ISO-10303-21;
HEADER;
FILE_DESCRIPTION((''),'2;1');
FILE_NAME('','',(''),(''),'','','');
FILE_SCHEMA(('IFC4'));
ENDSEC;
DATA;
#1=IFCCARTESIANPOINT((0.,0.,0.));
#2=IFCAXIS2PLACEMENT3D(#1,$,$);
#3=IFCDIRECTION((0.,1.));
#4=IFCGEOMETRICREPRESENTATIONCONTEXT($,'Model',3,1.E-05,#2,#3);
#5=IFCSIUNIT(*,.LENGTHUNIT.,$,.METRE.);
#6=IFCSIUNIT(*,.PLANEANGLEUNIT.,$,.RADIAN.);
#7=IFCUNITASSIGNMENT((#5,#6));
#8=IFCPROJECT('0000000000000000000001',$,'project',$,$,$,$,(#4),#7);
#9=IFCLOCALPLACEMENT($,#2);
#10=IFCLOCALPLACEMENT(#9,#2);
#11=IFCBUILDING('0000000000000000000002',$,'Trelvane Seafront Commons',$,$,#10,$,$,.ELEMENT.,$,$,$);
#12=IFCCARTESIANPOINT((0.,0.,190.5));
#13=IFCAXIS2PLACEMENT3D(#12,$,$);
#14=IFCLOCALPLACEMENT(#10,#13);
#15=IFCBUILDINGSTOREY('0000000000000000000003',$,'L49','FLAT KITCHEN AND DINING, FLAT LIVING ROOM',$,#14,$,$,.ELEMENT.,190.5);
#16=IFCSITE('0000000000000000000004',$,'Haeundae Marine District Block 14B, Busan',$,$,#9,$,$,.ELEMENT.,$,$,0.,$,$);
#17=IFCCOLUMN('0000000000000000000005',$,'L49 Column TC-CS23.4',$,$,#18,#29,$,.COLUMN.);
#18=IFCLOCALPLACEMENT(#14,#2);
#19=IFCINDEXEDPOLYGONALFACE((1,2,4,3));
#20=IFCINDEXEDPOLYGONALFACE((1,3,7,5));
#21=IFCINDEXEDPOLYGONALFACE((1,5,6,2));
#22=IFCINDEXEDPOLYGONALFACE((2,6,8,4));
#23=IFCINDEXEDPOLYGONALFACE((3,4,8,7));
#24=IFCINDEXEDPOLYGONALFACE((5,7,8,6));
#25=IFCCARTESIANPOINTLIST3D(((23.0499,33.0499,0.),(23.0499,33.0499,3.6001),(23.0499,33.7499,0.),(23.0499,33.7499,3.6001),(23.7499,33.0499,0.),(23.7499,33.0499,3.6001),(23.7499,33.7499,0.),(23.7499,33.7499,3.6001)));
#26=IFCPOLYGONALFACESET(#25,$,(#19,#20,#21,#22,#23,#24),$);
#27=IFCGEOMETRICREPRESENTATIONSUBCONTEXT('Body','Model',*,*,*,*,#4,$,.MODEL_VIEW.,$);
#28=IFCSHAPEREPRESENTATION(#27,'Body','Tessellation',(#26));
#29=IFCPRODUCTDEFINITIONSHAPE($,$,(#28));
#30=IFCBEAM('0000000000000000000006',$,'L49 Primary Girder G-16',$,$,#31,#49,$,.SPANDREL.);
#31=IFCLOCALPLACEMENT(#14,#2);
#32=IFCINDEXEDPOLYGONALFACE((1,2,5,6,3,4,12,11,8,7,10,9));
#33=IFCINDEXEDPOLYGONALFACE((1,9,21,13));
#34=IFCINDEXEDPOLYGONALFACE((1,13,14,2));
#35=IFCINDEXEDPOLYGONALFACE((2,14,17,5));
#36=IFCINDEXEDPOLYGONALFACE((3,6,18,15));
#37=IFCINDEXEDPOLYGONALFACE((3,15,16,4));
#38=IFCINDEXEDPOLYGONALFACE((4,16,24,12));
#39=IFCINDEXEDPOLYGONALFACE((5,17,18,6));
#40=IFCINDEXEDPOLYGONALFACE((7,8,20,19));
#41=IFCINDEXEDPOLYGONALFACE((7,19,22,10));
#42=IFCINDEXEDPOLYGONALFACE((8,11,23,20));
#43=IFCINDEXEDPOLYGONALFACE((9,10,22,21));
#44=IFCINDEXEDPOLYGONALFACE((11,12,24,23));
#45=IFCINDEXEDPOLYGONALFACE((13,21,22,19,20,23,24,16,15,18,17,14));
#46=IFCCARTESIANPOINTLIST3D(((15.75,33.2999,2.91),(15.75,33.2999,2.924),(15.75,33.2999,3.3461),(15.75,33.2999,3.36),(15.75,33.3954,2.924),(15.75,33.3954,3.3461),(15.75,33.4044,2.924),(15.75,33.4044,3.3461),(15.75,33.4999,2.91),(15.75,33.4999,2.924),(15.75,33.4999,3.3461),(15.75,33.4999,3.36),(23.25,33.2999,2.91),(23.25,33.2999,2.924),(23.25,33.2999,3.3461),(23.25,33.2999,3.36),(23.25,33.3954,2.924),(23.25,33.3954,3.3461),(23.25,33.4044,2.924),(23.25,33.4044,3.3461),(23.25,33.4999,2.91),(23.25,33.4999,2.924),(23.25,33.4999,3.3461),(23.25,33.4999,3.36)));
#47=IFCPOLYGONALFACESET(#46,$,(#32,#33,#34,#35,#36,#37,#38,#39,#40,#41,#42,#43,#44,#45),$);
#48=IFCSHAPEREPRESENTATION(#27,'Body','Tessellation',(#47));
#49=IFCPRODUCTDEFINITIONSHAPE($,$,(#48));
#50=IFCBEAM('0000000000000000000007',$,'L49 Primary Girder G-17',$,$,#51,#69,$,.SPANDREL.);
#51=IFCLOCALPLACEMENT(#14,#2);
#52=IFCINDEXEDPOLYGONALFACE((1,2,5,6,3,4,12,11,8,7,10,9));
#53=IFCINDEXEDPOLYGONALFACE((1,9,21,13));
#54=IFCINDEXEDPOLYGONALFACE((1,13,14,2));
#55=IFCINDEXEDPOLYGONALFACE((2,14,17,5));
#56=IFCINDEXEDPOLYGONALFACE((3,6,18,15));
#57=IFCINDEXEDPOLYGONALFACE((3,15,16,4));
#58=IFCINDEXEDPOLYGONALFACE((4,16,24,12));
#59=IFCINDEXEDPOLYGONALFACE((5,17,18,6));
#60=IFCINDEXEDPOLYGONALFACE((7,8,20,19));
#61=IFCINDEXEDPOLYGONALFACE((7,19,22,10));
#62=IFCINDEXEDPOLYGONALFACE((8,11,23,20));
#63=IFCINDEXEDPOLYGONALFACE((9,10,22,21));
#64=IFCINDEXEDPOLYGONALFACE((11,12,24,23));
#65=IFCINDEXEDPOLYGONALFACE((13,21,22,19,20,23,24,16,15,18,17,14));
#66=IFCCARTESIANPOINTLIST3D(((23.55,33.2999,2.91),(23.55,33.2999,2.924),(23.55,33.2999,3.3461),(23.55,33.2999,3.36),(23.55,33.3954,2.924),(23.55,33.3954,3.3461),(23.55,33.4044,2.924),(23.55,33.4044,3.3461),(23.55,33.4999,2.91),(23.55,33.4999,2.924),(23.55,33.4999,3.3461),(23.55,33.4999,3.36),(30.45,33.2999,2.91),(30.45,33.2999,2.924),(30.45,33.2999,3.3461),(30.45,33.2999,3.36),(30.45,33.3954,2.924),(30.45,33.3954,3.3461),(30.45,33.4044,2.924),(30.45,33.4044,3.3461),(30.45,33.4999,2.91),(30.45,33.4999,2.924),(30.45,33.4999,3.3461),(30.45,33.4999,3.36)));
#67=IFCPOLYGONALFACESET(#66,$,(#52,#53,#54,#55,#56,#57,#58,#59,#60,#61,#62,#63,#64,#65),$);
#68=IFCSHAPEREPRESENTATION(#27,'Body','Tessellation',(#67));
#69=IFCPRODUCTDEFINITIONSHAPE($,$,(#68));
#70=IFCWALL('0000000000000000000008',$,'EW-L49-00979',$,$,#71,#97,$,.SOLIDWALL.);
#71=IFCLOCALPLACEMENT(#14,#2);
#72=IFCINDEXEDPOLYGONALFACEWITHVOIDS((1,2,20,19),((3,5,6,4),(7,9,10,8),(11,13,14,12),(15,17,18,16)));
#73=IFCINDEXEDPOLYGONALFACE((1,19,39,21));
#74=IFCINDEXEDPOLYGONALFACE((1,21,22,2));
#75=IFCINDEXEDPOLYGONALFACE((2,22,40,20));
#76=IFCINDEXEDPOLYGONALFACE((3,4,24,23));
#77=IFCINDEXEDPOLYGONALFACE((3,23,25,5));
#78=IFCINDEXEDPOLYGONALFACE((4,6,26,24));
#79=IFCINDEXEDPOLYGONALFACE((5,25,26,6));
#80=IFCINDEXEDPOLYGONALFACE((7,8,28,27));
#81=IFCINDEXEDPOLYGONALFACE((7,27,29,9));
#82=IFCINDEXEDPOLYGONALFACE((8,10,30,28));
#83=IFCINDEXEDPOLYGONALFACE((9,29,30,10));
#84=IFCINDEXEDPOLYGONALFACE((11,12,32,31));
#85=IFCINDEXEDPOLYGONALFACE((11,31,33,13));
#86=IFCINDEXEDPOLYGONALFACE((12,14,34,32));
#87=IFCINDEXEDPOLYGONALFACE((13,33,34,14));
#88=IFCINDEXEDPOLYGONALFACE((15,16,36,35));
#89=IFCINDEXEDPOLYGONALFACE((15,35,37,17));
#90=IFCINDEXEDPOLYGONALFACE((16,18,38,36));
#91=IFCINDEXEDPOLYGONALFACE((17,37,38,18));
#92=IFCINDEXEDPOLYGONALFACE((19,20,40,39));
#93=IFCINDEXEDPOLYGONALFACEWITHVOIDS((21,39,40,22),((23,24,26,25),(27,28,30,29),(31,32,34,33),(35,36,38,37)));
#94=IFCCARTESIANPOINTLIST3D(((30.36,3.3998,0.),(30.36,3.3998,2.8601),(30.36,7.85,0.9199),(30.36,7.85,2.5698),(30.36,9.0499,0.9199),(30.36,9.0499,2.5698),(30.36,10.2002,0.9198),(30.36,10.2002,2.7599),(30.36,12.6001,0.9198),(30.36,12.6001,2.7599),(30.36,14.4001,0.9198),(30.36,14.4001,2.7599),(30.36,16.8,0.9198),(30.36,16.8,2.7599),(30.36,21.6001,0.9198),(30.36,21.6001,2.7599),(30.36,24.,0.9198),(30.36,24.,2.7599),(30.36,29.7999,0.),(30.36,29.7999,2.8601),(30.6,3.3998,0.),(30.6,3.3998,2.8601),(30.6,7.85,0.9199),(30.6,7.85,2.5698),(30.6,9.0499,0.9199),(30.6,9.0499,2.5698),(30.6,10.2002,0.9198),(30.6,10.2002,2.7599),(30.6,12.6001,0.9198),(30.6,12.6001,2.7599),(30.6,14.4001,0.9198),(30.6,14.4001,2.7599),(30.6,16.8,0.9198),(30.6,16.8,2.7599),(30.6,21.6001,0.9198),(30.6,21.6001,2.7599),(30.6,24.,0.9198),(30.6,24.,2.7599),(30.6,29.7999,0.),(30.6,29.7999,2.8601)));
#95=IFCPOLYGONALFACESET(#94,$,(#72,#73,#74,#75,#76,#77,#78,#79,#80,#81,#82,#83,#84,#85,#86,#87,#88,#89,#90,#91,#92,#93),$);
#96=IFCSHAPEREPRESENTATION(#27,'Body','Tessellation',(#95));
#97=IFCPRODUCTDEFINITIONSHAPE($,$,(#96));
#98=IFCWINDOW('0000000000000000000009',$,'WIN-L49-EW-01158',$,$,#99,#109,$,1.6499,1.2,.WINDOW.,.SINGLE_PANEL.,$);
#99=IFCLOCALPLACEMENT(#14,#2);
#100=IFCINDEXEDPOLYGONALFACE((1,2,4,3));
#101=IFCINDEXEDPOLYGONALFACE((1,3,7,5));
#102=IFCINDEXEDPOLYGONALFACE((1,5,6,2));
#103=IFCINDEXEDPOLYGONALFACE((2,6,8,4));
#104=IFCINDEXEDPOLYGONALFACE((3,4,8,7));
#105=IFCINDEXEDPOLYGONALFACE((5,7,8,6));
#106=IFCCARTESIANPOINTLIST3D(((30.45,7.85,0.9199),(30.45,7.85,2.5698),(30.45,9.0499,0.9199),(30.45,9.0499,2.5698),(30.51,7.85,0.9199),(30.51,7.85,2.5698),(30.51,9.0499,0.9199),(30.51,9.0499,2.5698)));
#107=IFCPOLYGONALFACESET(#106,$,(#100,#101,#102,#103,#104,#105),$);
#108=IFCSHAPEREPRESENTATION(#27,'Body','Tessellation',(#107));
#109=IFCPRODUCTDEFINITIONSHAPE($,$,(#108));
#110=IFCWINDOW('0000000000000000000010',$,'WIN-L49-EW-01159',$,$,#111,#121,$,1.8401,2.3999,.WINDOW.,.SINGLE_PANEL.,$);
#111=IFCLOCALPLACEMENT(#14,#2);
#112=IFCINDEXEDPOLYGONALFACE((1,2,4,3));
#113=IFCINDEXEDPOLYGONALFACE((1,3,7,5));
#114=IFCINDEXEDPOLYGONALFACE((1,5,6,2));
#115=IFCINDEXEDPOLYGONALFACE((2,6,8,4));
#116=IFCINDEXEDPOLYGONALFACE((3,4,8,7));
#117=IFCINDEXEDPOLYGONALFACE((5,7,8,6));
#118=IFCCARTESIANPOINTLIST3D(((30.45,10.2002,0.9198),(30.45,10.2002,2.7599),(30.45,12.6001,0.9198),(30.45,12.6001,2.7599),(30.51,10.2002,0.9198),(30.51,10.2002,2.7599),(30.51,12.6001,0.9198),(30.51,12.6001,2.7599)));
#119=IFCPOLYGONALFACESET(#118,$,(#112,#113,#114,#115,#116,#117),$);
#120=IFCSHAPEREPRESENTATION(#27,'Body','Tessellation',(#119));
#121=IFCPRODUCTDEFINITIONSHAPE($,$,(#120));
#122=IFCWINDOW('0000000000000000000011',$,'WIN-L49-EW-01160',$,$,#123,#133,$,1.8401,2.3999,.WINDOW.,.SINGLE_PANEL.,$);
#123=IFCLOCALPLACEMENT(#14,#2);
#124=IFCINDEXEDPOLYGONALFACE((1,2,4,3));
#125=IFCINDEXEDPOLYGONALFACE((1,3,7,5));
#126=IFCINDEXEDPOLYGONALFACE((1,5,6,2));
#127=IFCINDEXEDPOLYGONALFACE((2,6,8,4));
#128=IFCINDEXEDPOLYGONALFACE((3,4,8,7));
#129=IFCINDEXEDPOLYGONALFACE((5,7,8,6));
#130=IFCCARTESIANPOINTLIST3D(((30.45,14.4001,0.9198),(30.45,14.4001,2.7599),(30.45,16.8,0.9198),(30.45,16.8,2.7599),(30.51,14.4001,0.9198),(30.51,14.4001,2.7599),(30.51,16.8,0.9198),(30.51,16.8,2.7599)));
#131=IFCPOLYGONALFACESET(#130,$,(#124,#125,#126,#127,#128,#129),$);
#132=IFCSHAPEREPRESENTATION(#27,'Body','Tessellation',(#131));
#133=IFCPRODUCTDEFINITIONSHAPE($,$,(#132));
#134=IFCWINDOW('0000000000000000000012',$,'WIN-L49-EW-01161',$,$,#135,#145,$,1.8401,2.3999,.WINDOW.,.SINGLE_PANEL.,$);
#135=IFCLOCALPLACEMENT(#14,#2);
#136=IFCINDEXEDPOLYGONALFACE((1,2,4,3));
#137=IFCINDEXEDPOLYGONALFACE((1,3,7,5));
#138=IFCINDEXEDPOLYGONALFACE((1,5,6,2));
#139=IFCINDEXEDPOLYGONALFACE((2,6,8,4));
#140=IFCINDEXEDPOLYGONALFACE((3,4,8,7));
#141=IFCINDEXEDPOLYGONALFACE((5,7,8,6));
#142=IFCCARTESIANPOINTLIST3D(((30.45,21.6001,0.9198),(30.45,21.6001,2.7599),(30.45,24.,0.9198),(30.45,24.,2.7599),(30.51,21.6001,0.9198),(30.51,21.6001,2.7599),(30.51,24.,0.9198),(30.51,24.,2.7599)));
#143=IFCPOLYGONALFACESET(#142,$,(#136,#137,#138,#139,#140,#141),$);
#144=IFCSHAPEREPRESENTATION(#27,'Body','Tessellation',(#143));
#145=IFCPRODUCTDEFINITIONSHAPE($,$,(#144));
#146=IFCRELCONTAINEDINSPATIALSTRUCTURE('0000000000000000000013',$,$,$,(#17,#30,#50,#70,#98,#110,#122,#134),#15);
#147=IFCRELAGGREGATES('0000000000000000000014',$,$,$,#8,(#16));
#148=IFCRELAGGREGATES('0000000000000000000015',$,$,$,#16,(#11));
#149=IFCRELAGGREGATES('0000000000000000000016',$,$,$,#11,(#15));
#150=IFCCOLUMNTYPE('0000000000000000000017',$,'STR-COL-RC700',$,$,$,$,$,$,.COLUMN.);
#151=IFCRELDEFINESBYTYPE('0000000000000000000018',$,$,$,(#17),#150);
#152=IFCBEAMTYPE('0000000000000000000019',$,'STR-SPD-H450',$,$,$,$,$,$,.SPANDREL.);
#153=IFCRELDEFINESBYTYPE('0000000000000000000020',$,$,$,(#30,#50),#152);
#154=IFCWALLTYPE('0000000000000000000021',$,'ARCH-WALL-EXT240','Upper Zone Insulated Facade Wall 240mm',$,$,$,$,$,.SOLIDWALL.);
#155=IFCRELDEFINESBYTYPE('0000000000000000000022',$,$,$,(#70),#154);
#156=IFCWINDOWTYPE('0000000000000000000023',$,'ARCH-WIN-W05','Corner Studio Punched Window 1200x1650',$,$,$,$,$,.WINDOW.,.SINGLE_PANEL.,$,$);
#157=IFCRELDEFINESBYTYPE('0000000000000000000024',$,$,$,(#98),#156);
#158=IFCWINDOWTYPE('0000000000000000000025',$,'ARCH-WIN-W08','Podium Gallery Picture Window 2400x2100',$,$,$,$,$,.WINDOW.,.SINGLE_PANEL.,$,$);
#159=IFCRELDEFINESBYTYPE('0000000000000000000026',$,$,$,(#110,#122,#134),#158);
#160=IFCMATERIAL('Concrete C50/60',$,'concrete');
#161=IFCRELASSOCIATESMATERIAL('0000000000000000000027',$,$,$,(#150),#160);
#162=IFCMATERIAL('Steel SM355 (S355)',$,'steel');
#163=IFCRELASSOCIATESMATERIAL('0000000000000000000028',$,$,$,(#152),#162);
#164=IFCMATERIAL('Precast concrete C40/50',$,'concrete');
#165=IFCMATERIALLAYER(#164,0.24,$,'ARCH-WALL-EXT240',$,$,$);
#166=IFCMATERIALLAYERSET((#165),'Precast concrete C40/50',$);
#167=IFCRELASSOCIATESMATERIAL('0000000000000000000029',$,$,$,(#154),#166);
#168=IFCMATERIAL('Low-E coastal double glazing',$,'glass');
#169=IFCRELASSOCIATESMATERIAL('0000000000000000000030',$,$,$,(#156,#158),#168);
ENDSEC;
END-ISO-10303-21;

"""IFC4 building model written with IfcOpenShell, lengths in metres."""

from ifc_helpers import new_model, si_unit, direction, frame, frame_2d, origin, origin_2d, place, context, subcontext, project, spatial, rectangle, i_section, extrude, source, transform, mapped, material, layer, layer_set, material_profile, profile_set, type_object, element, fill, save


model = new_model("IFC4")

# Units and contexts
model_context = context("Model", 3, precision=1e-05, world=origin(), true_north=direction((0.0, 1.0)))
body_context = subcontext(model_context, "Body", "Model", "MODEL_VIEW")
ifc_project = project(units=[si_unit("LENGTHUNIT", "METRE"), si_unit("PLANEANGLEUNIT", "RADIAN")], contexts=[model_context])

# Site, building, storey
site_placement = place(None, origin())
site = spatial("IfcSite", under=ifc_project, at=site_placement, Name="Haeundae Marine District Block 14B, Busan", CompositionType="ELEMENT", RefElevation=0.0)
building_placement = place(site_placement, origin())
building = spatial("IfcBuilding", under=site, at=building_placement, Name="Trelvane Seafront Commons", CompositionType="ELEMENT")
storey_placement = place(building_placement, frame((0.0, 0.0, 190.5)))
storey = spatial("IfcBuildingStorey", under=building, at=storey_placement, Name="L49", Description="FLAT KITCHEN AND DINING, FLAT LIVING ROOM", CompositionType="ELEMENT", Elevation=190.5)

# Column
ifc_material_1 = material(Name="Concrete C50/60", Category="concrete")
ifc_material_profile_1 = material_profile(ifc_material_1, rectangle(XDim=0.7, YDim=0.7, at=origin_2d()), Name="RC-700x700")
ifc_profile_set_1 = profile_set([ifc_material_profile_1], Name="Concrete C50/60")
column_type = type_object("IfcColumnType", Name="STR-COL-RC700", PredefinedType="COLUMN", material=ifc_profile_set_1)
shared_shape_1 = source(origin(), body_context, "Body", "SweptSolid", [
    extrude(rectangle(XDim=0.7, YDim=0.7, at=origin_2d()), origin(), (0.0, 0.0, 1.0), 3.6001),
])
column_placement = place(storey_placement, frame((23.3999, 33.3999, 0.0), z_axis=(0.0, 0.0, 1.0), x_axis=(1.0, 0.0, 0.0)))
element("IfcColumn", 1, at=column_placement, inside=storey, type_object=column_type, Name="L49 Column TC-CS23.4", PredefinedType="COLUMN", context=body_context, shape_type="MappedRepresentation", body=[
    mapped(shared_shape_1, transform((0.0, 0.0, 0.0), x_axis=(1.0, 0.0, 0.0), y_axis=(0.0, 1.0, 0.0), z_axis=(0.0, 0.0, 1.0), scale=1.0)),
])

# Beams
ifc_material_2 = material(Name="Steel SM355 (S355)", Category="steel")
ifc_material_profile_2 = material_profile(ifc_material_2, i_section(OverallWidth=0.2, OverallDepth=0.45, WebThickness=0.009, FlangeThickness=0.0139, at=origin_2d()), Name="H-450x200x9x14")
ifc_profile_set_2 = profile_set([ifc_material_profile_2], Name="Steel SM355 (S355)")
beam_type = type_object("IfcBeamType", Name="STR-SPD-H450", PredefinedType="SPANDREL", material=ifc_profile_set_2)
shared_shape_2 = source(origin(), body_context, "Body", "SweptSolid", [
    extrude(i_section(OverallWidth=0.2, OverallDepth=0.45, WebThickness=0.009, FlangeThickness=0.0139, at=origin_2d()), origin(), (0.0, 0.0, 1.0), 7.5),
])
beam_1_placement = place(storey_placement, frame((15.75, 33.3999, 3.135), z_axis=(1.0, 0.0, 0.0), x_axis=(0.0, 1.0, 0.0)))
element("IfcBeam", 2, at=beam_1_placement, inside=storey, type_object=beam_type, Name="L49 Primary Girder G-16", PredefinedType="SPANDREL", context=body_context, shape_type="MappedRepresentation", body=[
    mapped(shared_shape_2, transform((0.0, 0.0, 0.0), x_axis=(1.0, 0.0, 0.0), y_axis=(0.0, 1.0, 0.0), z_axis=(0.0, 0.0, 1.0), scale=1.0)),
])
shared_shape_3 = source(origin(), body_context, "Body", "SweptSolid", [
    extrude(i_section(OverallWidth=0.2, OverallDepth=0.45, WebThickness=0.009, FlangeThickness=0.0139, at=origin_2d()), origin(), (0.0, 0.0, 1.0), 6.8999),
])
beam_2_placement = place(storey_placement, frame((23.55, 33.3999, 3.135), z_axis=(1.0, 0.0, 0.0), x_axis=(0.0, 1.0, 0.0)))
element("IfcBeam", 3, at=beam_2_placement, inside=storey, type_object=beam_type, Name="L49 Primary Girder G-17", PredefinedType="SPANDREL", context=body_context, shape_type="MappedRepresentation", body=[
    mapped(shared_shape_3, transform((0.0, 0.0, 0.0), x_axis=(1.0, 0.0, 0.0), y_axis=(0.0, 1.0, 0.0), z_axis=(0.0, 0.0, 1.0), scale=1.0)),
])

# Wall, openings, windows
ifc_material_3 = material(Name="Precast concrete C40/50", Category="concrete")
ifc_layer_1 = layer(ifc_material_3, 0.24, Name="ARCH-WALL-EXT240")
ifc_layer_set_1 = layer_set([ifc_layer_1], Name="Precast concrete C40/50")
wall_type_1 = type_object("IfcWallType", Name="ARCH-WALL-EXT240", Description="Upper Zone Insulated Facade Wall 240mm", PredefinedType="SOLIDWALL", material=ifc_layer_set_1)
wall_1_placement = place(storey_placement, frame((30.48, 29.8, 0.0), z_axis=(0.0, 0.0, 1.0), x_axis=(0.0, -1.0, 0.0)))
wall_1 = element("IfcWall", 4, at=wall_1_placement, inside=storey, type_object=wall_type_1, Name="EW-L49-00979", PredefinedType="SOLIDWALL", context=body_context, shape_type="SweptSolid", body=[
    extrude(rectangle(XDim=26.4001, YDim=0.24, at=frame_2d((13.2002, 0.0))), origin(), (0.0, 0.0, 1.0), 2.8601),
])
opening_1_placement = place(wall_1_placement, frame((20.75, 0.0, 0.9199)))
opening_1 = element("IfcOpeningElement", 5, at=opening_1_placement, cuts=wall_1, PredefinedType="OPENING", context=body_context, shape_type="SweptSolid", body=[
    extrude(rectangle(XDim=1.2, YDim=1.6499, at=frame_2d((0.6001, 0.825))), frame((0.0, 0.1299, 0.0), z_axis=(0.0, -1.0, 0.0), x_axis=(1.0, 0.0, 0.0)), (0.0, 0.0, 1.0), 0.26),
])
opening_2_placement = place(wall_1_placement, frame((17.2, 0.0, 0.9199)))
opening_2 = element("IfcOpeningElement", 6, at=opening_2_placement, cuts=wall_1, PredefinedType="OPENING", context=body_context, shape_type="SweptSolid", body=[
    extrude(rectangle(XDim=2.3999, YDim=1.8401, at=frame_2d((1.2, 0.9199))), frame((0.0, 0.1299, 0.0), z_axis=(0.0, -1.0, 0.0), x_axis=(1.0, 0.0, 0.0)), (0.0, 0.0, 1.0), 0.26),
])
opening_3_placement = place(wall_1_placement, frame((13.0, 0.0, 0.9199)))
opening_3 = element("IfcOpeningElement", 7, at=opening_3_placement, cuts=wall_1, PredefinedType="OPENING", context=body_context, shape_type="SweptSolid", body=[
    extrude(rectangle(XDim=2.3999, YDim=1.8401, at=frame_2d((1.2, 0.9199))), frame((0.0, 0.1299, 0.0), z_axis=(0.0, -1.0, 0.0), x_axis=(1.0, 0.0, 0.0)), (0.0, 0.0, 1.0), 0.26),
])
opening_4_placement = place(wall_1_placement, frame((5.8, 0.0, 0.9199)))
opening_4 = element("IfcOpeningElement", 8, at=opening_4_placement, cuts=wall_1, PredefinedType="OPENING", context=body_context, shape_type="SweptSolid", body=[
    extrude(rectangle(XDim=2.3999, YDim=1.8401, at=frame_2d((1.2, 0.9199))), frame((0.0, 0.1299, 0.0), z_axis=(0.0, -1.0, 0.0), x_axis=(1.0, 0.0, 0.0)), (0.0, 0.0, 1.0), 0.26),
])
ifc_material_4 = material(Name="Low-E coastal double glazing", Category="glass")
window_type_1 = type_object("IfcWindowType", Name="ARCH-WIN-W05", Description="Corner Studio Punched Window 1200x1650", PartitioningType="SINGLE_PANEL", PredefinedType="WINDOW", material=ifc_material_4)
shared_shape_4 = source(origin(), body_context, "Body", "SweptSolid", [
    extrude(rectangle(XDim=1.2, YDim=1.6499, at=frame_2d((0.6001, 0.825))), frame((0.0, 0.03, 0.0), z_axis=(0.0, -1.0, 0.0), x_axis=(1.0, 0.0, 0.0)), (0.0, 0.0, 1.0), 0.0601),
])
window_1_placement = place(opening_1_placement, origin())
window_1 = element("IfcWindow", 9, at=window_1_placement, inside=storey, type_object=window_type_1, Name="WIN-L49-EW-01158", OverallHeight=1.6499, OverallWidth=1.2, PartitioningType="SINGLE_PANEL", PredefinedType="WINDOW", context=body_context, shape_type="MappedRepresentation", body=[
    mapped(shared_shape_4, transform((0.0, 0.0, 0.0), x_axis=(1.0, 0.0, 0.0), y_axis=(0.0, 1.0, 0.0), z_axis=(0.0, 0.0, 1.0), scale=1.0)),
])
fill(opening_1, window_1)
window_type_2 = type_object("IfcWindowType", Name="ARCH-WIN-W08", Description="Podium Gallery Picture Window 2400x2100", PartitioningType="SINGLE_PANEL", PredefinedType="WINDOW", material=ifc_material_4)
shared_shape_5 = source(origin(), body_context, "Body", "SweptSolid", [
    extrude(rectangle(XDim=2.3999, YDim=1.8401, at=frame_2d((1.2, 0.9199))), frame((0.0, 0.03, 0.0), z_axis=(0.0, -1.0, 0.0), x_axis=(1.0, 0.0, 0.0)), (0.0, 0.0, 1.0), 0.0601),
])
window_2_placement = place(opening_2_placement, origin())
window_2 = element("IfcWindow", 10, at=window_2_placement, inside=storey, type_object=window_type_2, Name="WIN-L49-EW-01159", OverallHeight=1.8401, OverallWidth=2.3999, PartitioningType="SINGLE_PANEL", PredefinedType="WINDOW", context=body_context, shape_type="MappedRepresentation", body=[
    mapped(shared_shape_5, transform((0.0, 0.0, 0.0), x_axis=(1.0, 0.0, 0.0), y_axis=(0.0, 1.0, 0.0), z_axis=(0.0, 0.0, 1.0), scale=1.0)),
])
fill(opening_2, window_2)
window_3_placement = place(opening_3_placement, origin())
window_3 = element("IfcWindow", 11, at=window_3_placement, inside=storey, type_object=window_type_2, Name="WIN-L49-EW-01160", OverallHeight=1.8401, OverallWidth=2.3999, PartitioningType="SINGLE_PANEL", PredefinedType="WINDOW", context=body_context, shape_type="MappedRepresentation", body=[
    mapped(shared_shape_5, transform((0.0, 0.0, 0.0), x_axis=(1.0, 0.0, 0.0), y_axis=(0.0, 1.0, 0.0), z_axis=(0.0, 0.0, 1.0), scale=1.0)),
])
fill(opening_3, window_3)
window_4_placement = place(opening_4_placement, origin())
window_4 = element("IfcWindow", 12, at=window_4_placement, inside=storey, type_object=window_type_2, Name="WIN-L49-EW-01161", OverallHeight=1.8401, OverallWidth=2.3999, PartitioningType="SINGLE_PANEL", PredefinedType="WINDOW", context=body_context, shape_type="MappedRepresentation", body=[
    mapped(shared_shape_5, transform((0.0, 0.0, 0.0), x_axis=(1.0, 0.0, 0.0), y_axis=(0.0, 1.0, 0.0), z_axis=(0.0, 0.0, 1.0), scale=1.0)),
])
fill(opening_4, window_4)

save(model, "model.ifc")
